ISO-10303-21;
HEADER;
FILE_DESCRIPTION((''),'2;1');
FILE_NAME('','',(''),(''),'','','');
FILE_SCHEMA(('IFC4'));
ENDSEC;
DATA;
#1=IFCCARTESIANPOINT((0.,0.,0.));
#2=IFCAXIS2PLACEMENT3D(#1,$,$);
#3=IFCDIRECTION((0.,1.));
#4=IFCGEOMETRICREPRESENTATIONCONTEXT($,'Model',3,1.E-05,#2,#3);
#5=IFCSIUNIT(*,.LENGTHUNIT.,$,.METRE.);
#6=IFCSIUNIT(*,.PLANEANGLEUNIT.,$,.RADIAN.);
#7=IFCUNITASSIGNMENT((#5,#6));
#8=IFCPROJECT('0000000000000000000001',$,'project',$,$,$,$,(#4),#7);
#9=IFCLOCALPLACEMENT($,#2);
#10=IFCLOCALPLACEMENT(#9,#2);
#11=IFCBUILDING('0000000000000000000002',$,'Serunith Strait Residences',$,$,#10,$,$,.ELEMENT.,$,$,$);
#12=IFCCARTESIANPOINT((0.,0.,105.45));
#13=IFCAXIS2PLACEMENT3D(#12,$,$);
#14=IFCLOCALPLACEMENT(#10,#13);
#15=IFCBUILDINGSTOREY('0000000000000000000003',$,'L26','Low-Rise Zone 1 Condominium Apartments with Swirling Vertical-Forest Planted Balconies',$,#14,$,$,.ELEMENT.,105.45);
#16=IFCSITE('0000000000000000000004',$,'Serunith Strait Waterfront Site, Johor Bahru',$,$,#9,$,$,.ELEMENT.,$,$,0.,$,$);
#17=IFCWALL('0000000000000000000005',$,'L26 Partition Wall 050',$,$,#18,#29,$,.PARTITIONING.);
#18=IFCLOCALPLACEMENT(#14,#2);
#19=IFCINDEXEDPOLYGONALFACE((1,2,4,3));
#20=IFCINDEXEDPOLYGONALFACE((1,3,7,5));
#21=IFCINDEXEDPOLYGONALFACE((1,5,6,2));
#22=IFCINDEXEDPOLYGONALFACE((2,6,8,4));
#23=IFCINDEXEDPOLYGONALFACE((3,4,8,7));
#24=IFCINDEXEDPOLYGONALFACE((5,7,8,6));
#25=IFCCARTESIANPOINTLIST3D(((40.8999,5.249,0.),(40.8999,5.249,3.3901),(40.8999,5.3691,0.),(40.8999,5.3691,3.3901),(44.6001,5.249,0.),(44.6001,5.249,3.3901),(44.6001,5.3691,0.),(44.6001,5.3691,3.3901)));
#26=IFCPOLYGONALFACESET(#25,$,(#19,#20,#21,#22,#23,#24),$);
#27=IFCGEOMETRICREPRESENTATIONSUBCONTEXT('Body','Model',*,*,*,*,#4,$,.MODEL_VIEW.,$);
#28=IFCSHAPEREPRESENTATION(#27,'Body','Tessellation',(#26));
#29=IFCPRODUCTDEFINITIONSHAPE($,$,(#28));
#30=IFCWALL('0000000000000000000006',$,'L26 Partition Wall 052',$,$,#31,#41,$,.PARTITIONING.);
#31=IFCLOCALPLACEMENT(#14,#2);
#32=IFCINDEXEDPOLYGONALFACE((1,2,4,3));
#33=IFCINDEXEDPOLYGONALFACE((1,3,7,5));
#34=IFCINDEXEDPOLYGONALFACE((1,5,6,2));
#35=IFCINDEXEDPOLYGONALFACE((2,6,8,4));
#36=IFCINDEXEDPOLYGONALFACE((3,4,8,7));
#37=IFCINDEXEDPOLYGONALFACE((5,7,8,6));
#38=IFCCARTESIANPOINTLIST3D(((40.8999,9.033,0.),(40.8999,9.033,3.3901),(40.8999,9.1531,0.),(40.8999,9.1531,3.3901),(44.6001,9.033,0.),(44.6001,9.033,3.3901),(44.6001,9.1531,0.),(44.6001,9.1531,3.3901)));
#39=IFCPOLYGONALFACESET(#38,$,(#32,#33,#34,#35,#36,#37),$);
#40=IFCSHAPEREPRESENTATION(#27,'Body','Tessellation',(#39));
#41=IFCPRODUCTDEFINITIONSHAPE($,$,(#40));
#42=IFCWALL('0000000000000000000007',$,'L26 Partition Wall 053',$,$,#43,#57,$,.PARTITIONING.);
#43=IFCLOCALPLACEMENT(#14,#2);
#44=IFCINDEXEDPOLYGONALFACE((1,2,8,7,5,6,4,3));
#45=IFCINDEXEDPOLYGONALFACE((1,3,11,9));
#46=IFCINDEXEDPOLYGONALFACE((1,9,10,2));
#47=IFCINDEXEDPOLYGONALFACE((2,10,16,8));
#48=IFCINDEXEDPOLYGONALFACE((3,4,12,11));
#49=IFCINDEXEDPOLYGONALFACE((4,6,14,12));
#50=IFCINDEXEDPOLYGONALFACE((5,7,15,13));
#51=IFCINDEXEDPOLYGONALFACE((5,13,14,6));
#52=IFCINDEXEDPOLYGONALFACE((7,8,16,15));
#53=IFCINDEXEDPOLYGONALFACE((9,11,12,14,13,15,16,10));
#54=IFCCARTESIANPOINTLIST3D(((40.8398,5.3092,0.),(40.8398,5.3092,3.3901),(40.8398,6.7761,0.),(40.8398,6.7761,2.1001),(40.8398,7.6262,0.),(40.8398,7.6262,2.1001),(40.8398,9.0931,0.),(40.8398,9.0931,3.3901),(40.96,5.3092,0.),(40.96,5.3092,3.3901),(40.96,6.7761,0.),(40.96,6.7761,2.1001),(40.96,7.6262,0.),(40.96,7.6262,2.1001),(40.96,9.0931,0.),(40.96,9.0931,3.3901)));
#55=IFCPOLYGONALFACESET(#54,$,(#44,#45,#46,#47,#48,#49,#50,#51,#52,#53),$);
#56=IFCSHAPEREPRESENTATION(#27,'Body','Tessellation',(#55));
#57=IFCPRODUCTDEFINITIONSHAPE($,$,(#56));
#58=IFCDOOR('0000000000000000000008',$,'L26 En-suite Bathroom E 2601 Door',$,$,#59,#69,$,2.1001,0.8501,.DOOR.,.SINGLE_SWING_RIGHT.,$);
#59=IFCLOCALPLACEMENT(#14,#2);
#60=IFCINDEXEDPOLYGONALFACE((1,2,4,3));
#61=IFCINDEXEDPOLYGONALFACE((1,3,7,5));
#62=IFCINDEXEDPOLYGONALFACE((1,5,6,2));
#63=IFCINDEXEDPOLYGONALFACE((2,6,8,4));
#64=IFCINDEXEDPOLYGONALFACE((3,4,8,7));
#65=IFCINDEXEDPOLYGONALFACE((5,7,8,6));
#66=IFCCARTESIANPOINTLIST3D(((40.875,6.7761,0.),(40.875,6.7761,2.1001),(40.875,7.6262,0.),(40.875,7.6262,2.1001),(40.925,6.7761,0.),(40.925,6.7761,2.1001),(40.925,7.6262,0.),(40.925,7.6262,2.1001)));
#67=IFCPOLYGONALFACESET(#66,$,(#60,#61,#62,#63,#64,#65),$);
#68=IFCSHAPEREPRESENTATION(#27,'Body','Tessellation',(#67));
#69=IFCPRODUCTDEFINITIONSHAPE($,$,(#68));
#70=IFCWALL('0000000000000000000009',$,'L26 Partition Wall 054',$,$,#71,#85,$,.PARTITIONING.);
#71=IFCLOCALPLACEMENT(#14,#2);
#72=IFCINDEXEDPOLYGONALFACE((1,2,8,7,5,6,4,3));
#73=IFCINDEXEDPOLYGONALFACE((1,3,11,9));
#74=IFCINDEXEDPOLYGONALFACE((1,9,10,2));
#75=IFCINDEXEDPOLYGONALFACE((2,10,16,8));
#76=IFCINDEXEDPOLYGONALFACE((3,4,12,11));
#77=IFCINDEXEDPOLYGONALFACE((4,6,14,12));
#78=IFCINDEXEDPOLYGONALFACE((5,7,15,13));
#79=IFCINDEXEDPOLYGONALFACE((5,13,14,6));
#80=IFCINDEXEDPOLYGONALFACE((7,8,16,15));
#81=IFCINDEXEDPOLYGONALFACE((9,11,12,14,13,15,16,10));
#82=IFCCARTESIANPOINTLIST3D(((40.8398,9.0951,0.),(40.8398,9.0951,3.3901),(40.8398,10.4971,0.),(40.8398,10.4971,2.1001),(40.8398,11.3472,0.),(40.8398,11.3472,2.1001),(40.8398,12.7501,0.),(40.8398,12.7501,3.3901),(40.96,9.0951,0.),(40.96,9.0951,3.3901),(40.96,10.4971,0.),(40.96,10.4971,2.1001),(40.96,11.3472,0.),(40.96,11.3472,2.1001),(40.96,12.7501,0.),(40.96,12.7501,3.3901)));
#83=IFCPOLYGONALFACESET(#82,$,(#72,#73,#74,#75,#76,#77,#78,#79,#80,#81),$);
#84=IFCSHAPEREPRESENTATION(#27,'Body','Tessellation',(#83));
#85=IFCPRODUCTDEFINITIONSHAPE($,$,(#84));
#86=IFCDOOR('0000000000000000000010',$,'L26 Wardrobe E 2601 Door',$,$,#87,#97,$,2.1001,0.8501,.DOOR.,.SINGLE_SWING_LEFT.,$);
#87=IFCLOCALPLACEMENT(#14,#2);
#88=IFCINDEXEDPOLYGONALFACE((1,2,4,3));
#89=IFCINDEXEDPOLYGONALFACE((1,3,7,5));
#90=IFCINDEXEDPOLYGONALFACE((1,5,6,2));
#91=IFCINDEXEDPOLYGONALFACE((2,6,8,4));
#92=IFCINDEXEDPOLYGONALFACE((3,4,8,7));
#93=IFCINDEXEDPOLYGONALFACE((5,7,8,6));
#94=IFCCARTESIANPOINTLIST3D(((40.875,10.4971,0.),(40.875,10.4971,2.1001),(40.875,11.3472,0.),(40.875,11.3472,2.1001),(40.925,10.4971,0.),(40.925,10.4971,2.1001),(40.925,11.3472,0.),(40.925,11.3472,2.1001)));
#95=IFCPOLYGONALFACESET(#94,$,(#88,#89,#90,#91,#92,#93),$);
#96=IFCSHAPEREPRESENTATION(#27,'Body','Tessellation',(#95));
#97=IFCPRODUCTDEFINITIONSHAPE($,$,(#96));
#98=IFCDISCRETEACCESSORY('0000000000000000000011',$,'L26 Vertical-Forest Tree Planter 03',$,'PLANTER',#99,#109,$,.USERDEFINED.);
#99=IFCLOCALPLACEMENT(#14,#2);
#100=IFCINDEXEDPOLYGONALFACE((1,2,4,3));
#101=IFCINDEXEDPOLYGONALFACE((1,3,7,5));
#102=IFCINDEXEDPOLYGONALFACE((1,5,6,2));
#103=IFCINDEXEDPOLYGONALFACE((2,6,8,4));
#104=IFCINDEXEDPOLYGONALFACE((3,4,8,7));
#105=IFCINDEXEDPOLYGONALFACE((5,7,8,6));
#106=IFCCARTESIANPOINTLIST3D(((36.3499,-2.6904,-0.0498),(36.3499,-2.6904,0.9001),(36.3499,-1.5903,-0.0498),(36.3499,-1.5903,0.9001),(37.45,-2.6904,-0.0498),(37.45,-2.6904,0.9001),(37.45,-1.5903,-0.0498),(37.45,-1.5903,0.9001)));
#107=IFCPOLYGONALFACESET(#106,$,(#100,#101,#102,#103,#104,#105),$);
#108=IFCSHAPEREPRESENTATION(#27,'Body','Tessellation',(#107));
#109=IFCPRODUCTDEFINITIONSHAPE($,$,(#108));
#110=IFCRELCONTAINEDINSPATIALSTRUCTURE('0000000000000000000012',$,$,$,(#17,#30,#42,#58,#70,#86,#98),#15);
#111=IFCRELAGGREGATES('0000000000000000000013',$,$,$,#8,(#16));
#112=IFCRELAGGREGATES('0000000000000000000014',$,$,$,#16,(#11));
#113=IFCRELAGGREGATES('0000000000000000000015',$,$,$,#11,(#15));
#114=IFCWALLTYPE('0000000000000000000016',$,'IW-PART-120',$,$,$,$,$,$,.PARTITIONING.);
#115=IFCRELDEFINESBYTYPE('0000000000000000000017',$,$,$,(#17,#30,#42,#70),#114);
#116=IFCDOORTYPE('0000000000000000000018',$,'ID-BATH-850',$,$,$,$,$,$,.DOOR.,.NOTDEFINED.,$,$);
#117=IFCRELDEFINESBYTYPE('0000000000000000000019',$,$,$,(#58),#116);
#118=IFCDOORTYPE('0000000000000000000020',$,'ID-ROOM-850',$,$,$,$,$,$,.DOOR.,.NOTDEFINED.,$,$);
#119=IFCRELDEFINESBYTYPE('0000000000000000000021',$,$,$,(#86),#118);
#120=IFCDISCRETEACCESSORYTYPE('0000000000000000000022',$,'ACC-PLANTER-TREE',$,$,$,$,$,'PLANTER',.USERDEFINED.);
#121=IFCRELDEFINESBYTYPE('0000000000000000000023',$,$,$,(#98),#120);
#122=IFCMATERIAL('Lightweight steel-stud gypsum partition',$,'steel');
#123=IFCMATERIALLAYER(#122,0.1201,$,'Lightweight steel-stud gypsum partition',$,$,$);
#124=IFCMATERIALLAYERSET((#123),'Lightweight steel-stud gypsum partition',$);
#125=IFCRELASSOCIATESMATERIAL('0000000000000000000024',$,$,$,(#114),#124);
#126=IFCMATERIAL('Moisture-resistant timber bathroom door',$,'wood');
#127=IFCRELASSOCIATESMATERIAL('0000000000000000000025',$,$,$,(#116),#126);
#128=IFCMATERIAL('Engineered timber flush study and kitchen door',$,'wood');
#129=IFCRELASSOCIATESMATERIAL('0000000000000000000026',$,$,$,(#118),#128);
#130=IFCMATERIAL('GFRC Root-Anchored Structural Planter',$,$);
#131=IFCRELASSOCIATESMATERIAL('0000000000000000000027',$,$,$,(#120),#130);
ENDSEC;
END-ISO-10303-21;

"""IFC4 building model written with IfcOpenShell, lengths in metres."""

from ifc_helpers import new_model, si_unit, direction, frame, frame_2d, origin, origin_2d, place, context, subcontext, project, spatial, rectangle, extrude, source, transform, mapped, material, layer, layer_set, type_object, element, fill, save


model = new_model("IFC4")

# Units and contexts
model_context = context("Model", 3, precision=1e-05, world=origin(), true_north=direction((0.0, 1.0)))
body_context = subcontext(model_context, "Body", "Model", "MODEL_VIEW")
ifc_project = project(units=[si_unit("LENGTHUNIT", "METRE"), si_unit("PLANEANGLEUNIT", "RADIAN")], contexts=[model_context])

# Site, building, storey
site_placement = place(None, origin())
site = spatial("IfcSite", under=ifc_project, at=site_placement, Name="Serunith Strait Waterfront Site, Johor Bahru", CompositionType="ELEMENT", RefElevation=0.0)
building_placement = place(site_placement, origin())
building = spatial("IfcBuilding", under=site, at=building_placement, Name="Serunith Strait Residences", CompositionType="ELEMENT")
storey_placement = place(building_placement, frame((0.0, 0.0, 105.45)))
storey = spatial("IfcBuildingStorey", under=building, at=storey_placement, Name="L26", Description="Low-Rise Zone 1 Condominium Apartments with Swirling Vertical-Forest Planted Balconies", CompositionType="ELEMENT", Elevation=105.45)

# Shared definitions
ifc_material_1 = material(Name="Lightweight steel-stud gypsum partition", Category="steel")
ifc_layer_1 = layer(ifc_material_1, 0.1201, Name="Lightweight steel-stud gypsum partition")
ifc_layer_set_1 = layer_set([ifc_layer_1], Name="Lightweight steel-stud gypsum partition")
wall_type = type_object("IfcWallType", Name="IW-PART-120", PredefinedType="PARTITIONING", material=ifc_layer_set_1)

# Walls
for number, where, z_axis, x_axis, name in (
    (1, (40.8999, 5.3091, 0.0), (0.0, 0.0, 1.0), (1.0, 0.0, 0.0), "L26 Partition Wall 050"),
    (2, (40.8999, 9.093, 0.0), (0.0, 0.0, 1.0), (1.0, 0.0, 0.0), "L26 Partition Wall 052"),
):
    element("IfcWall", number, at=place(storey_placement, frame(where, z_axis=z_axis, x_axis=x_axis)), inside=storey, type_object=wall_type, Name=name, PredefinedType="PARTITIONING", context=body_context, shape_type="SweptSolid", body=[
        extrude(rectangle(XDim=3.7002, YDim=0.1201, at=frame_2d((1.8501, 0.0))), origin(), (0.0, 0.0, 1.0), 3.3901),
    ])

# Walls, openings, doors
wall_1_placement = place(storey_placement, frame((40.8999, 5.3091, 0.0), z_axis=(0.0, 0.0, 1.0), x_axis=(0.0, 1.0, 0.0)))
wall_1 = element("IfcWall", 3, at=wall_1_placement, inside=storey, type_object=wall_type, Name="L26 Partition Wall 053", PredefinedType="PARTITIONING", context=body_context, shape_type="SweptSolid", body=[
    extrude(rectangle(XDim=3.7839, YDim=0.1201, at=frame_2d((1.8921, 0.0))), origin(), (0.0, 0.0, 1.0), 3.3901),
])
opening_1_placement = place(wall_1_placement, frame((1.467, 0.0, 0.0)))
opening_1 = element("IfcOpeningElement", 4, at=opening_1_placement, cuts=wall_1, PredefinedType="OPENING", context=body_context, shape_type="SweptSolid", body=[
    extrude(rectangle(XDim=0.8501, YDim=2.1001, at=frame_2d((0.425, 1.05))), frame((0.0, 0.0701, 0.0), z_axis=(0.0, -1.0, 0.0), x_axis=(1.0, 0.0, 0.0)), (0.0, 0.0, 1.0), 0.1401),
])
ifc_material_2 = material(Name="Moisture-resistant timber bathroom door", Category="wood")
door_type_1 = type_object("IfcDoorType", Name="ID-BATH-850", OperationType="NOTDEFINED", PredefinedType="DOOR", material=ifc_material_2)
shared_shape_1 = source(origin(), body_context, "Body", "SweptSolid", [
    extrude(rectangle(XDim=0.8501, YDim=2.1001, at=frame_2d((0.425, 1.05))), frame((0.0, 0.0249, 0.0), z_axis=(0.0, -1.0, 0.0), x_axis=(1.0, 0.0, 0.0)), (0.0, 0.0, 1.0), 0.05),
])
door_1_placement = place(opening_1_placement, origin())
door_1 = element("IfcDoor", 5, at=door_1_placement, inside=storey, type_object=door_type_1, Name="L26 En-suite Bathroom E 2601 Door", OperationType="SINGLE_SWING_RIGHT", OverallHeight=2.1001, OverallWidth=0.8501, PredefinedType="DOOR", context=body_context, shape_type="MappedRepresentation", body=[
    mapped(shared_shape_1, transform((0.0, 0.0, 0.0), scale=1.0)),
])
fill(opening_1, door_1)
wall_2_placement = place(storey_placement, frame((40.8999, 9.095, 0.0), z_axis=(0.0, 0.0, 1.0), x_axis=(0.0, 1.0, 0.0)))
wall_2 = element("IfcWall", 6, at=wall_2_placement, inside=storey, type_object=wall_type, Name="L26 Partition Wall 054", PredefinedType="PARTITIONING", context=body_context, shape_type="SweptSolid", body=[
    extrude(rectangle(XDim=3.655, YDim=0.1201, at=frame_2d((1.8276, 0.0))), origin(), (0.0, 0.0, 1.0), 3.3901),
])
opening_2_placement = place(wall_2_placement, frame((1.4021, 0.0, 0.0)))
opening_2 = element("IfcOpeningElement", 7, at=opening_2_placement, cuts=wall_2, PredefinedType="OPENING", context=body_context, shape_type="SweptSolid", body=[
    extrude(rectangle(XDim=0.8501, YDim=2.1001, at=frame_2d((0.425, 1.05))), frame((0.0, 0.0701, 0.0), z_axis=(0.0, -1.0, 0.0), x_axis=(1.0, 0.0, 0.0)), (0.0, 0.0, 1.0), 0.1401),
])
ifc_material_3 = material(Name="Engineered timber flush study and kitchen door", Category="wood")
door_type_2 = type_object("IfcDoorType", Name="ID-ROOM-850", OperationType="NOTDEFINED", PredefinedType="DOOR", material=ifc_material_3)
door_2_placement = place(opening_2_placement, origin())
door_2 = element("IfcDoor", 8, at=door_2_placement, inside=storey, type_object=door_type_2, Name="L26 Wardrobe E 2601 Door", OperationType="SINGLE_SWING_LEFT", OverallHeight=2.1001, OverallWidth=0.8501, PredefinedType="DOOR", context=body_context, shape_type="MappedRepresentation", body=[
    mapped(shared_shape_1, transform((0.0, 0.0, 0.0), scale=1.0)),
])
fill(opening_2, door_2)

# Discrete accessory
ifc_material_4 = material(Name="GFRC Root-Anchored Structural Planter")
discrete_accessory_type = type_object("IfcDiscreteAccessoryType", Name="ACC-PLANTER-TREE", ElementType="PLANTER", PredefinedType="USERDEFINED", material=ifc_material_4)
shared_shape_2 = source(origin(), body_context, "Body", "SweptSolid", [
    extrude(rectangle(XDim=1.1001, YDim=1.1001, at=origin_2d()), origin(), (0.0, 0.0, 1.0), 0.95),
])
discrete_accessory_placement = place(storey_placement, frame((36.8999, -2.1404, -0.0498), z_axis=(0.0, 0.0, 1.0), x_axis=(1.0, 0.0, 0.0)))
element("IfcDiscreteAccessory", 9, at=discrete_accessory_placement, inside=storey, type_object=discrete_accessory_type, Name="L26 Vertical-Forest Tree Planter 03", ObjectType="PLANTER", PredefinedType="USERDEFINED", context=body_context, shape_type="MappedRepresentation", body=[
    mapped(shared_shape_2, transform((0.0, 0.0, 0.0), scale=1.0)),
])

save(model, "model.ifc")
